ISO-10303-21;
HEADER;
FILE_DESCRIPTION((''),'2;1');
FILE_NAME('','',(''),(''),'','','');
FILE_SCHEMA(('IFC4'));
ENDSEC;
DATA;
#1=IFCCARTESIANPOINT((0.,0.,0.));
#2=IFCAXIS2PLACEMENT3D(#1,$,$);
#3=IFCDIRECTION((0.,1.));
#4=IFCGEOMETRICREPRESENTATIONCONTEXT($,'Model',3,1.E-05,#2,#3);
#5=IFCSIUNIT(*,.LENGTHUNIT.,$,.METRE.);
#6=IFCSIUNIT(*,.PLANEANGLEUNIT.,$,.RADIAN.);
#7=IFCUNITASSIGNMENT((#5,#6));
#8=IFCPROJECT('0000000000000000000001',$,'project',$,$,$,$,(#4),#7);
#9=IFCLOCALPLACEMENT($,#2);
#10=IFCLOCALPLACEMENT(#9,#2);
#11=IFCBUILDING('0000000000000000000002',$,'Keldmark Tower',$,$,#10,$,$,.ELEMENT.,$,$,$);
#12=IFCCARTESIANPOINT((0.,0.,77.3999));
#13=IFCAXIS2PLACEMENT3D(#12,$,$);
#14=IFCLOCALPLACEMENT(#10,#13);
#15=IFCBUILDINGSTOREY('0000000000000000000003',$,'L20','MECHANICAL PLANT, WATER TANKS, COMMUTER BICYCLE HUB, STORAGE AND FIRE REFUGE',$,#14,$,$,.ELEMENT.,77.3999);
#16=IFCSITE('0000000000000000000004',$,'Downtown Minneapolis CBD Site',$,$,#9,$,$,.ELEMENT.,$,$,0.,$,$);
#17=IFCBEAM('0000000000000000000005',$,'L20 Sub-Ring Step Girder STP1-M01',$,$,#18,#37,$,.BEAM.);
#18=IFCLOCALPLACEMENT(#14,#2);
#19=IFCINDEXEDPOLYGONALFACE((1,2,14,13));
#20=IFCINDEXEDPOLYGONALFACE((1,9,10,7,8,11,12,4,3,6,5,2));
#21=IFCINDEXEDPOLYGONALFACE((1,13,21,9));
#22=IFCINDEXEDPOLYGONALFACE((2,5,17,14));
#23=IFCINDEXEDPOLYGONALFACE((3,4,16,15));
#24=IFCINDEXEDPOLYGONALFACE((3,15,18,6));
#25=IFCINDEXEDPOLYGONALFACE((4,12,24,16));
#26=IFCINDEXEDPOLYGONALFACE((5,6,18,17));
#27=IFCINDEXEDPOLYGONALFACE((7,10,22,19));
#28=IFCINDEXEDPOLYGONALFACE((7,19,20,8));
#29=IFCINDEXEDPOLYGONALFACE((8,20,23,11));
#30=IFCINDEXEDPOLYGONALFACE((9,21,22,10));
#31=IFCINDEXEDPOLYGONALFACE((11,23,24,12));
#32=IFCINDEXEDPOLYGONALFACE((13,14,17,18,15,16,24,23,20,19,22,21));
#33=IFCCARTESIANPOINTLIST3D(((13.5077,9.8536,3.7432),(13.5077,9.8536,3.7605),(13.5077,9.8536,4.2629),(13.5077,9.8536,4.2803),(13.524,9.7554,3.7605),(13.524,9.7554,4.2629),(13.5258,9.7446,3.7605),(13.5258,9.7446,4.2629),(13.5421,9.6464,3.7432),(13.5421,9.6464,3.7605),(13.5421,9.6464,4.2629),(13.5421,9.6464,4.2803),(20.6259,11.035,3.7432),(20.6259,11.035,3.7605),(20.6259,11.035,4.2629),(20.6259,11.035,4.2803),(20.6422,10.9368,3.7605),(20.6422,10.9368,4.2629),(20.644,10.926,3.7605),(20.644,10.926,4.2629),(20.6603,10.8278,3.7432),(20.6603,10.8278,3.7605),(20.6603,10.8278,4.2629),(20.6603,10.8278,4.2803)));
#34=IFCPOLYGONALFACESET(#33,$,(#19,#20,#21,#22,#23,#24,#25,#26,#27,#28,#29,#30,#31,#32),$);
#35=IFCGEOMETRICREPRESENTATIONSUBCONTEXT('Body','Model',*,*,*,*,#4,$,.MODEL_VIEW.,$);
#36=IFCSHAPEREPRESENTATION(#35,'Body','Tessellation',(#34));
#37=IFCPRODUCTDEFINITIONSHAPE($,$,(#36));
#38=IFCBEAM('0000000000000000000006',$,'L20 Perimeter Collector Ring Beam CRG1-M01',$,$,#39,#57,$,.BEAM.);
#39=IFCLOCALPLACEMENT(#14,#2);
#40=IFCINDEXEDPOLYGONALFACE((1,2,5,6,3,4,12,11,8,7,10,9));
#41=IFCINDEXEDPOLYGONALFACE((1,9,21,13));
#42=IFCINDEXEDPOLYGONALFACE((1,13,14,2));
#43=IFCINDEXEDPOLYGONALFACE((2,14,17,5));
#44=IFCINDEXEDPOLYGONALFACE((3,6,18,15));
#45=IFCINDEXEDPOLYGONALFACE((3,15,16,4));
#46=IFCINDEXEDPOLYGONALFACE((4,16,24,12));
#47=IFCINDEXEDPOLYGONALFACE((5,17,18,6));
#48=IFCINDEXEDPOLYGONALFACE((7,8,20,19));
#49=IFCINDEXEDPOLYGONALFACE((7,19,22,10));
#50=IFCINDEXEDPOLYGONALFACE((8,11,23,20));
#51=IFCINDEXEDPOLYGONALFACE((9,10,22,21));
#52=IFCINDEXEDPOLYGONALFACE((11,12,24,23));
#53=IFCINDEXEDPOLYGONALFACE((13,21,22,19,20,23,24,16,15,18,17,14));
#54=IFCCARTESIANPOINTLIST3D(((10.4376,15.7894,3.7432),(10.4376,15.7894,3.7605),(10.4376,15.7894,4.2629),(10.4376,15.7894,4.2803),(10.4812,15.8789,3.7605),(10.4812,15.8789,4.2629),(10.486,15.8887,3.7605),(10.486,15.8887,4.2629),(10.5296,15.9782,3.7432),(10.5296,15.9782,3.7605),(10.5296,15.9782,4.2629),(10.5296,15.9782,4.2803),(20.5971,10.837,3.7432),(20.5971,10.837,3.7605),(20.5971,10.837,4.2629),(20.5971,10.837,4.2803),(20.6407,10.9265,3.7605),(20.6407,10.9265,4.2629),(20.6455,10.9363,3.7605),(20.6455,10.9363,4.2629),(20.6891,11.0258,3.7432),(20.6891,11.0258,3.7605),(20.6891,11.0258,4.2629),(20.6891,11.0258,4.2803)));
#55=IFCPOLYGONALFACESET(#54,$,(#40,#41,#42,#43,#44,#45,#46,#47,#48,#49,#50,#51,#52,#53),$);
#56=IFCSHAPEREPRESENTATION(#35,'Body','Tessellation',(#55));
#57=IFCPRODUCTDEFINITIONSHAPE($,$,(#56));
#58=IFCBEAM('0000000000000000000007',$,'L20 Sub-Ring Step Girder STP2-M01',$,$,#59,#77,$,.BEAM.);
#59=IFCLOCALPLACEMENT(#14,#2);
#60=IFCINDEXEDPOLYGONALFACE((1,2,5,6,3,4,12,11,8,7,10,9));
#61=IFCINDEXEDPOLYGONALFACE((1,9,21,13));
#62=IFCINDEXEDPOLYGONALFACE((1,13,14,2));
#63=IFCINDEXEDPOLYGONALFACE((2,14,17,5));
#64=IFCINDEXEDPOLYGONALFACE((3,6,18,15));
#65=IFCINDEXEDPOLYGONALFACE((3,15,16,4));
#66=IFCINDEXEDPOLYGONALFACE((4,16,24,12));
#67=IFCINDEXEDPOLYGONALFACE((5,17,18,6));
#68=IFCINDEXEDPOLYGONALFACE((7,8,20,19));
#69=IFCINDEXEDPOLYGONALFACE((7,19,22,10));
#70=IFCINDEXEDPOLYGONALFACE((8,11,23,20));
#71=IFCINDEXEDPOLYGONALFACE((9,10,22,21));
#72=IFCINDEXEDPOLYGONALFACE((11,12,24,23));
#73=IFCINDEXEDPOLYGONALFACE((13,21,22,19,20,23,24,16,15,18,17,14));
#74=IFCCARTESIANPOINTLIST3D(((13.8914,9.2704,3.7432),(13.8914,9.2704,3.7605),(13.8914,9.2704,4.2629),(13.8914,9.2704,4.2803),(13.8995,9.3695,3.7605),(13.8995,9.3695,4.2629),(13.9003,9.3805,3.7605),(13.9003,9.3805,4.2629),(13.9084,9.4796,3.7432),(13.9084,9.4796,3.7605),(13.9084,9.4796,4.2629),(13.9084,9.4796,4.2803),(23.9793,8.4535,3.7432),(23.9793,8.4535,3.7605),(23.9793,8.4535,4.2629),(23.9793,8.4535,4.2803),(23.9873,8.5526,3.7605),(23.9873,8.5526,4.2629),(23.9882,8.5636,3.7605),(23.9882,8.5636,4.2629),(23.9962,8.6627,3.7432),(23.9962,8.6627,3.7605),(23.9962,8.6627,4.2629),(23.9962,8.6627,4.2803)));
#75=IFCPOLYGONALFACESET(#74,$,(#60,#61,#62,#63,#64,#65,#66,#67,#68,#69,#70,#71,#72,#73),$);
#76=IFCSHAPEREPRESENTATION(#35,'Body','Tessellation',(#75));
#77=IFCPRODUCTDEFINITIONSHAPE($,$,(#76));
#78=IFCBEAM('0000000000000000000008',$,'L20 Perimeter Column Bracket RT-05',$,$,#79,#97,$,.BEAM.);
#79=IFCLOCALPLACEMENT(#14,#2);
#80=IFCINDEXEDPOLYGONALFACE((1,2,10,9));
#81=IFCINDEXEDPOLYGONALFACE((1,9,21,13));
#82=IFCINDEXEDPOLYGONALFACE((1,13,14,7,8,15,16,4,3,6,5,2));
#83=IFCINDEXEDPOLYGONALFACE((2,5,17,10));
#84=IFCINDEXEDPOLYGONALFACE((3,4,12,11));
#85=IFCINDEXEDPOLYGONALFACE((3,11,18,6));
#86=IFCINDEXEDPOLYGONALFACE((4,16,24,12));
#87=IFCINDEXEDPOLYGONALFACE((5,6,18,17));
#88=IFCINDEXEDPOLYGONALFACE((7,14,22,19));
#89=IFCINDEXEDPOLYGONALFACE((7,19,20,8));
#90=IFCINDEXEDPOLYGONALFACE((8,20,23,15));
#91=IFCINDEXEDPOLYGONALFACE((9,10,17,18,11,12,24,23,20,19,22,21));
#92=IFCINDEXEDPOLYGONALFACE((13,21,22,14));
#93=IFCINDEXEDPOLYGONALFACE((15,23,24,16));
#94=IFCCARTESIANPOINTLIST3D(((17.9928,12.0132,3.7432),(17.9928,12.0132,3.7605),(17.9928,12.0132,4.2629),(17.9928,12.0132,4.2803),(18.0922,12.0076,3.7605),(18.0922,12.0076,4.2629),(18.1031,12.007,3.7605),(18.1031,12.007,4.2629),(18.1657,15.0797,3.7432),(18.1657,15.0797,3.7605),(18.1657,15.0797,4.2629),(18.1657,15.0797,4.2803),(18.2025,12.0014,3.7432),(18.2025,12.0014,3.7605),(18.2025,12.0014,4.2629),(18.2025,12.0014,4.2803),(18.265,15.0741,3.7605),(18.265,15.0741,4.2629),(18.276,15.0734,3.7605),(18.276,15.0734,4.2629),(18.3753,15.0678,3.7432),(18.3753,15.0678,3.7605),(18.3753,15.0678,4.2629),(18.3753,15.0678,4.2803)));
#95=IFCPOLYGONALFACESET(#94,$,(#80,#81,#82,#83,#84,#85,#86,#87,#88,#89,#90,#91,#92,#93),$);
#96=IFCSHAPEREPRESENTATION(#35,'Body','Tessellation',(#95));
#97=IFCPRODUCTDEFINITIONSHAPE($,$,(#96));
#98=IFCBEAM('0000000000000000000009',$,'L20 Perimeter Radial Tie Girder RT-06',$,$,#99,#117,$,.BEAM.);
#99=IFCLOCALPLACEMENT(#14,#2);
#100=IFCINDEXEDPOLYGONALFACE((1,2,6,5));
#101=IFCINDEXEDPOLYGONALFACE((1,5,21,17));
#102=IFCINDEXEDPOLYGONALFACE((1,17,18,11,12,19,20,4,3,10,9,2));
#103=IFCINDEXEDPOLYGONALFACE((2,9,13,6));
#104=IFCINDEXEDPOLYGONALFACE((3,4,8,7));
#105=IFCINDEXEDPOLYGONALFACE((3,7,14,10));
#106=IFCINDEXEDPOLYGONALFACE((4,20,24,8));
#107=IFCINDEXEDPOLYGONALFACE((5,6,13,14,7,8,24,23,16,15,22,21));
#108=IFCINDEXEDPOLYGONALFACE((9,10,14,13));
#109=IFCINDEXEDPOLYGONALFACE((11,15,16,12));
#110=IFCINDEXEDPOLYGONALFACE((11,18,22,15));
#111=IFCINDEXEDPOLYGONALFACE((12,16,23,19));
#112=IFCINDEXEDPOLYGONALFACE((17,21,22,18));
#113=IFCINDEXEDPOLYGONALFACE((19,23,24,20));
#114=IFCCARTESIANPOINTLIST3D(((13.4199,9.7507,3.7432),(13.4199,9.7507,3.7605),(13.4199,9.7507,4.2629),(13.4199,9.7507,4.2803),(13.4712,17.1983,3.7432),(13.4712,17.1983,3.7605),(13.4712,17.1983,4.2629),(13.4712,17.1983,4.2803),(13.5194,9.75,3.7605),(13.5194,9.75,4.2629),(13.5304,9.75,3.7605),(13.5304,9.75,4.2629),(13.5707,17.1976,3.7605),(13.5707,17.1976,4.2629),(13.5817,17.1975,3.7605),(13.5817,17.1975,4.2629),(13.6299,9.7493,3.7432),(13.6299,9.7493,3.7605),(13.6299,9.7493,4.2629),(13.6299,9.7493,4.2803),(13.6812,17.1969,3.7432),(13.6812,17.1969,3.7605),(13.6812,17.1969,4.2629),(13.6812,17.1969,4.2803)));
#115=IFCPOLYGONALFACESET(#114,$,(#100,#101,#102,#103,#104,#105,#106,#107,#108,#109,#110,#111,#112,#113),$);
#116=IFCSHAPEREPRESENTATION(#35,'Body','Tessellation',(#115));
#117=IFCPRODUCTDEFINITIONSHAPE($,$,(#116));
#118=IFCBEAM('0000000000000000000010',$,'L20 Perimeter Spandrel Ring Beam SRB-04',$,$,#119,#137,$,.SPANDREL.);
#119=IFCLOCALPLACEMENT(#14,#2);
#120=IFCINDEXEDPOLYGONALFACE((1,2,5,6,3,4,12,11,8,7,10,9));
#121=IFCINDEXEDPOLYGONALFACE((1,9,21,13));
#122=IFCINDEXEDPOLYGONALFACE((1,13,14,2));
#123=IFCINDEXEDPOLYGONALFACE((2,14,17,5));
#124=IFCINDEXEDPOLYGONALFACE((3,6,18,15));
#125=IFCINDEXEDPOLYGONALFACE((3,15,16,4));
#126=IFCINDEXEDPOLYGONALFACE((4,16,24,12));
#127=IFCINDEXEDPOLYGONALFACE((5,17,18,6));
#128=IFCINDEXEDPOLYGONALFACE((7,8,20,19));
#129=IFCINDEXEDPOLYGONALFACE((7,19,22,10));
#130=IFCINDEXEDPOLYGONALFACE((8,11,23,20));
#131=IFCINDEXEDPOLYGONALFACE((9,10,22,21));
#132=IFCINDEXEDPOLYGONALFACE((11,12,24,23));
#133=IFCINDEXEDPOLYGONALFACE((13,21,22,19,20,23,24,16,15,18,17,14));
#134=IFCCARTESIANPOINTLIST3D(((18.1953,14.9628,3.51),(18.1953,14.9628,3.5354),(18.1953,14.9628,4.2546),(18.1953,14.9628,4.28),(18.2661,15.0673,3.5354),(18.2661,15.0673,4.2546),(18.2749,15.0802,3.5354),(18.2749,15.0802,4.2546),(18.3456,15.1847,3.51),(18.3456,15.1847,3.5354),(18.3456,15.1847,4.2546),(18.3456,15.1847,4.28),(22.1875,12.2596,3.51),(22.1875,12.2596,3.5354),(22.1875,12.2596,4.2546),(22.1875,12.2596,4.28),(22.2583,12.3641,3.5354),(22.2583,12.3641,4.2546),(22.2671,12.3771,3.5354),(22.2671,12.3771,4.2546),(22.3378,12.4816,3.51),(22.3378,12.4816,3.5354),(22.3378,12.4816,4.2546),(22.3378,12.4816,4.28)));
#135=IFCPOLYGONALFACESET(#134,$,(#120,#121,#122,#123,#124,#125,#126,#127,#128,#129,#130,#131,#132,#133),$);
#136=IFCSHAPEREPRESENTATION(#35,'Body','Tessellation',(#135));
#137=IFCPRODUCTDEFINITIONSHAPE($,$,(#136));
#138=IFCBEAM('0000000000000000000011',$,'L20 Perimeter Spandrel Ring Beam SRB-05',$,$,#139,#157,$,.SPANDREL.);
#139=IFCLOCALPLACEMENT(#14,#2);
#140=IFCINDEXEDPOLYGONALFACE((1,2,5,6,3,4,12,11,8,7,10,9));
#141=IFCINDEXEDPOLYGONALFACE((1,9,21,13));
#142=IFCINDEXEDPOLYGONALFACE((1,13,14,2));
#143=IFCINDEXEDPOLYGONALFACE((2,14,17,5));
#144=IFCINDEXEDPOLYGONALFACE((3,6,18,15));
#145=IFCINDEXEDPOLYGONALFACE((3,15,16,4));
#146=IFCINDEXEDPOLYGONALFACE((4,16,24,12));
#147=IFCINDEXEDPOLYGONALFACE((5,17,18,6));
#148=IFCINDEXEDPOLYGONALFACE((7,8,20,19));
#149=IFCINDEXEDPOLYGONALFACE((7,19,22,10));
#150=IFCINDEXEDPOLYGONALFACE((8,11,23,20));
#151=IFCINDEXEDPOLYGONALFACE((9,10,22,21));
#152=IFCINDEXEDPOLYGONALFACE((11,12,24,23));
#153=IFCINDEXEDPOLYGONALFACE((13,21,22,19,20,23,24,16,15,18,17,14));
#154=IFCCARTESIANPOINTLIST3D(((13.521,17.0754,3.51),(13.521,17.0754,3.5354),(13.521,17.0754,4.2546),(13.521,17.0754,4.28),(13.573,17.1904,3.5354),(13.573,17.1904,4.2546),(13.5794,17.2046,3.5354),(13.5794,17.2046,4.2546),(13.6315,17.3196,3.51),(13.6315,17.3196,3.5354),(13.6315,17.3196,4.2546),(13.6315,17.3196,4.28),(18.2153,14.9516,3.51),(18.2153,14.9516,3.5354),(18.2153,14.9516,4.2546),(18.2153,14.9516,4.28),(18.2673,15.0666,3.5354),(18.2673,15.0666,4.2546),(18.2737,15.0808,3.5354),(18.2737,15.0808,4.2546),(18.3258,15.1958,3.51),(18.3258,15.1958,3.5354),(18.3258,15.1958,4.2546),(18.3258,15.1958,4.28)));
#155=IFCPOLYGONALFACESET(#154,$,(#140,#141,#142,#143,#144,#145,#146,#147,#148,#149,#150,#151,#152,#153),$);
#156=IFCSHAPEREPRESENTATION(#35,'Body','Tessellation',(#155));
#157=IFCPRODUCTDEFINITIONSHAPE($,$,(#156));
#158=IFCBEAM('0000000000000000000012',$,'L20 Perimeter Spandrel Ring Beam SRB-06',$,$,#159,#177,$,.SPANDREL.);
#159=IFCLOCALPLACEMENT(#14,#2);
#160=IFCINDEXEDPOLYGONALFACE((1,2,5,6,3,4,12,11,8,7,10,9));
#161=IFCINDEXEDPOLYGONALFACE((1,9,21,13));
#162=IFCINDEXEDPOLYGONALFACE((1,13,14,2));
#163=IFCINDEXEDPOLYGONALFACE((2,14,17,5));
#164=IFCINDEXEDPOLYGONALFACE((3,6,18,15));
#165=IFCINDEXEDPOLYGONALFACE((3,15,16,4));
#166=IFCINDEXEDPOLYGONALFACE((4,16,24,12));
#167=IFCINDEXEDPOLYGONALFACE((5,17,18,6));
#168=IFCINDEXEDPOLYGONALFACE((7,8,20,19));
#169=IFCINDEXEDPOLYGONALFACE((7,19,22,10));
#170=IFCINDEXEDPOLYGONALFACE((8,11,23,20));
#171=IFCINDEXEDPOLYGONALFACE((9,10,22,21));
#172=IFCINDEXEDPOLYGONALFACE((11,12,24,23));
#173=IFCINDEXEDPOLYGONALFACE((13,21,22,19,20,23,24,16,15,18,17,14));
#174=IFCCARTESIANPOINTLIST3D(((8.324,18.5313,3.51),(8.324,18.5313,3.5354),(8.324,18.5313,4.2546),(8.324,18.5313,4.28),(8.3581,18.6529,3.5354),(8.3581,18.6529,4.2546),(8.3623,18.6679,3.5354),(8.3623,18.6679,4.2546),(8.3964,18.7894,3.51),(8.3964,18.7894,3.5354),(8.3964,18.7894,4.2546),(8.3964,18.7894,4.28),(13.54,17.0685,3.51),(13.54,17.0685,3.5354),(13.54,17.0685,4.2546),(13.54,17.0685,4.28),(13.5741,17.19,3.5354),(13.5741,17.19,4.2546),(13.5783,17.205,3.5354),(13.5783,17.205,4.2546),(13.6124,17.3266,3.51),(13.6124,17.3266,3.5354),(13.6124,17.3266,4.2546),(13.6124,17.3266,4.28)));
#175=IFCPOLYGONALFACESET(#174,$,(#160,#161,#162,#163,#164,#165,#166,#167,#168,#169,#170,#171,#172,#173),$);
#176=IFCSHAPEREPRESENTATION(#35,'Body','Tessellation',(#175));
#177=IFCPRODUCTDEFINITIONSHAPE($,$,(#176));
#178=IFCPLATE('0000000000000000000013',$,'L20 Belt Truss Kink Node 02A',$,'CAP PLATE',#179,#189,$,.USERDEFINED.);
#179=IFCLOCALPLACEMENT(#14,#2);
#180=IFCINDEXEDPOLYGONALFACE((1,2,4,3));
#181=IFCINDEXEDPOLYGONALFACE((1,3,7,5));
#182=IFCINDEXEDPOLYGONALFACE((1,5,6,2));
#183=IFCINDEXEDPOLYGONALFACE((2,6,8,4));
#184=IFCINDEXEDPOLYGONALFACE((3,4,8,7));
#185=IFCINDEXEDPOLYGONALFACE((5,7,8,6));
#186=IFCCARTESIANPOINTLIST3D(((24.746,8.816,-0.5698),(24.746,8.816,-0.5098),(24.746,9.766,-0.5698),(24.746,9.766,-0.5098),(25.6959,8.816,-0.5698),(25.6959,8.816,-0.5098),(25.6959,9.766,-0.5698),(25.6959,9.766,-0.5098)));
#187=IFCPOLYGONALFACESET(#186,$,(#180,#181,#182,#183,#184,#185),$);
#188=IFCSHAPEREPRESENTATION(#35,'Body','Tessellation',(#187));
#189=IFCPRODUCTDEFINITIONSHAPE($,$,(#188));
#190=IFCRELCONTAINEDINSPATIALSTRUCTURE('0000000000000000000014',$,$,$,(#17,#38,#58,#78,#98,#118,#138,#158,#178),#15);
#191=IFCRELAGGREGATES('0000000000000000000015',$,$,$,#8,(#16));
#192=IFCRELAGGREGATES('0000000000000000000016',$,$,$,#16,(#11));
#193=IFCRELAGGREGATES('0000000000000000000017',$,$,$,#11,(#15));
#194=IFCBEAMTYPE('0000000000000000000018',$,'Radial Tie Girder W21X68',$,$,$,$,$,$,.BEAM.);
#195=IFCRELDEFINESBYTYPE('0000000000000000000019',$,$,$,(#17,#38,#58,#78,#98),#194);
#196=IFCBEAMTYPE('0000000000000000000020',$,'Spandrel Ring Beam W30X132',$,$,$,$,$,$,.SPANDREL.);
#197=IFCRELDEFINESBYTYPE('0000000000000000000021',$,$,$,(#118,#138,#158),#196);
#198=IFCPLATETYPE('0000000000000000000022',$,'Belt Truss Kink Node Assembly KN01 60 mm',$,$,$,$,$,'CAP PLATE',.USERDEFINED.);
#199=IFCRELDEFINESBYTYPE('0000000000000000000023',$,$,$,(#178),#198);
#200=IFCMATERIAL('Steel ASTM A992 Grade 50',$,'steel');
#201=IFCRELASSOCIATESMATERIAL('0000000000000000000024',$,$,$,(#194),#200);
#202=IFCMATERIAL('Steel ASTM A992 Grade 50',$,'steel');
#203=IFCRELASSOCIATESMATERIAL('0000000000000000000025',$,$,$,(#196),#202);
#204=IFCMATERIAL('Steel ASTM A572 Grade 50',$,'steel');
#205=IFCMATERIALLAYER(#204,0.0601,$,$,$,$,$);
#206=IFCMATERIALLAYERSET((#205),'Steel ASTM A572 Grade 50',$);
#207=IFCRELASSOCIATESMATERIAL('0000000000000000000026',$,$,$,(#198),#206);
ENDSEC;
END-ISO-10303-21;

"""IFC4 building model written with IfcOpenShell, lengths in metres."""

from ifc_helpers import new_model, si_unit, direction, frame, origin, origin_2d, place, context, subcontext, project, spatial, rectangle, i_section, extrude, material, layer, layer_set, material_profile, profile_set, type_object, element, save


model = new_model("IFC4")

# Units and contexts
model_context = context("Model", 3, precision=1e-05, world=origin(), true_north=direction((0.0, 1.0)))
body_context = subcontext(model_context, "Body", "Model", "MODEL_VIEW")
ifc_project = project(units=[si_unit("LENGTHUNIT", "METRE"), si_unit("PLANEANGLEUNIT", "RADIAN")], contexts=[model_context])

# Site, building, storey
site_placement = place(None, origin())
site = spatial("IfcSite", under=ifc_project, at=site_placement, Name="Downtown Minneapolis CBD Site", CompositionType="ELEMENT", RefElevation=0.0)
building_placement = place(site_placement, origin())
building = spatial("IfcBuilding", under=site, at=building_placement, Name="Keldmark Tower", CompositionType="ELEMENT")
storey_placement = place(building_placement, frame((0.0, 0.0, 77.3999)))
storey = spatial("IfcBuildingStorey", under=building, at=storey_placement, Name="L20", Description="MECHANICAL PLANT, WATER TANKS, COMMUTER BICYCLE HUB, STORAGE AND FIRE REFUGE", CompositionType="ELEMENT", Elevation=77.3999)

# Beams
ifc_material_1 = material(Name="Steel ASTM A992 Grade 50", Category="steel")
ifc_material_profile_1 = material_profile(ifc_material_1, i_section(OverallWidth=0.21, OverallDepth=0.5371, WebThickness=0.011, FlangeThickness=0.0173, at=origin_2d()), Name="W21X68")
ifc_profile_set_1 = profile_set([ifc_material_profile_1], Name="Steel ASTM A992 Grade 50")
beam_type_1 = type_object("IfcBeamType", Name="Radial Tie Girder W21X68", PredefinedType="BEAM", material=ifc_profile_set_1)
beam_1_placement = place(storey_placement, frame((13.5249, 9.75, 4.0117), z_axis=(0.986505, 0.16373, 0.0), x_axis=(-0.16373, 0.986505, 0.0)))
element("IfcBeam", 1, at=beam_1_placement, inside=storey, type_object=beam_type_1, Name="L20 Sub-Ring Step Girder STP1-M01", PredefinedType="BEAM", context=body_context, shape_type="SweptSolid", body=[
    extrude(i_section(OverallWidth=0.21, OverallDepth=0.5371, WebThickness=0.011, FlangeThickness=0.0173, at=origin_2d()), origin(), (0.0, 0.0, 1.0), 7.2156),
])
beam_2_placement = place(storey_placement, frame((20.6431, 10.9314, 4.0117), z_axis=(-0.898888, 0.438179, 0.0), x_axis=(-0.438179, -0.898888, 0.0)))
element("IfcBeam", 2, at=beam_2_placement, inside=storey, type_object=beam_type_1, Name="L20 Perimeter Collector Ring Beam CRG1-M01", PredefinedType="BEAM", context=body_context, shape_type="SweptSolid", body=[
    extrude(i_section(OverallWidth=0.21, OverallDepth=0.5371, WebThickness=0.011, FlangeThickness=0.0173, at=origin_2d()), origin(), (0.0, 0.0, 1.0), 11.3022),
])
beam_3_placement = place(storey_placement, frame((13.8999, 9.375, 4.0117), z_axis=(0.996737, -0.080714, 0.0), x_axis=(0.080714, 0.996737, 0.0)))
element("IfcBeam", 3, at=beam_3_placement, inside=storey, type_object=beam_type_1, Name="L20 Sub-Ring Step Girder STP2-M01", PredefinedType="BEAM", context=body_context, shape_type="SweptSolid", body=[
    extrude(i_section(OverallWidth=0.21, OverallDepth=0.5371, WebThickness=0.011, FlangeThickness=0.0173, at=origin_2d()), origin(), (0.0, 0.0, 1.0), 10.1208),
])
beam_4_placement = place(storey_placement, frame((18.0977, 12.0073, 4.0117), z_axis=(0.05628, 0.998415, 0.0), x_axis=(-0.998415, 0.05628, 0.0)))
element("IfcBeam", 4, at=beam_4_placement, inside=storey, type_object=beam_type_1, Name="L20 Perimeter Column Bracket RT-05", PredefinedType="BEAM", context=body_context, shape_type="SweptSolid", body=[
    extrude(i_section(OverallWidth=0.21, OverallDepth=0.5371, WebThickness=0.011, FlangeThickness=0.0173, at=origin_2d()), origin(), (0.0, 0.0, 1.0), 3.0713),
])
beam_5_placement = place(storey_placement, frame((13.5249, 9.75, 4.0117), z_axis=(0.006884, 0.999976, 0.0), x_axis=(-0.999976, 0.006884, 0.0)))
element("IfcBeam", 5, at=beam_5_placement, inside=storey, type_object=beam_type_1, Name="L20 Perimeter Radial Tie Girder RT-06", PredefinedType="BEAM", context=body_context, shape_type="SweptSolid", body=[
    extrude(i_section(OverallWidth=0.21, OverallDepth=0.5371, WebThickness=0.011, FlangeThickness=0.0173, at=origin_2d()), origin(), (0.0, 0.0, 1.0), 7.4478),
])
ifc_material_2 = material(Name="Steel ASTM A992 Grade 50", Category="steel")
ifc_material_profile_2 = material_profile(ifc_material_2, i_section(OverallWidth=0.2681, OverallDepth=0.77, WebThickness=0.0156, FlangeThickness=0.0254, at=origin_2d()), Name="W30X132")
ifc_profile_set_2 = profile_set([ifc_material_profile_2], Name="Steel ASTM A992 Grade 50")
beam_type_2 = type_object("IfcBeamType", Name="Spandrel Ring Beam W30X132", PredefinedType="SPANDREL", material=ifc_profile_set_2)
beam_6_placement = place(storey_placement, frame((22.2627, 12.3706, 3.895), z_axis=(-0.82804, 0.560669, 0.0), x_axis=(-0.560669, -0.82804, 0.0)))
element("IfcBeam", 6, at=beam_6_placement, inside=storey, type_object=beam_type_2, Name="L20 Perimeter Spandrel Ring Beam SRB-04", PredefinedType="SPANDREL", context=body_context, shape_type="SweptSolid", body=[
    extrude(i_section(OverallWidth=0.2681, OverallDepth=0.77, WebThickness=0.0156, FlangeThickness=0.0254, at=origin_2d()), origin(), (0.0, 0.0, 1.0), 4.8213),
])
beam_7_placement = place(storey_placement, frame((18.2705, 15.0737, 3.895), z_axis=(-0.911097, 0.412192, 0.0), x_axis=(-0.412192, -0.911097, 0.0)))
element("IfcBeam", 7, at=beam_7_placement, inside=storey, type_object=beam_type_2, Name="L20 Perimeter Spandrel Ring Beam SRB-05", PredefinedType="SPANDREL", context=body_context, shape_type="SweptSolid", body=[
    extrude(i_section(OverallWidth=0.2681, OverallDepth=0.77, WebThickness=0.0156, FlangeThickness=0.0254, at=origin_2d()), origin(), (0.0, 0.0, 1.0), 5.1523),
])
beam_8_placement = place(storey_placement, frame((13.5762, 17.1975, 3.895), z_axis=(-0.962849, 0.270039, 0.0), x_axis=(-0.270039, -0.962849, 0.0)))
element("IfcBeam", 8, at=beam_8_placement, inside=storey, type_object=beam_type_2, Name="L20 Perimeter Spandrel Ring Beam SRB-06", PredefinedType="SPANDREL", context=body_context, shape_type="SweptSolid", body=[
    extrude(i_section(OverallWidth=0.2681, OverallDepth=0.77, WebThickness=0.0156, FlangeThickness=0.0254, at=origin_2d()), origin(), (0.0, 0.0, 1.0), 5.4172),
])

# Plate
ifc_material_3 = material(Name="Steel ASTM A572 Grade 50", Category="steel")
ifc_layer_1 = layer(ifc_material_3, 0.0601)
ifc_layer_set_1 = layer_set([ifc_layer_1], Name="Steel ASTM A572 Grade 50")
plate_type_1 = type_object("IfcPlateType", Name="Belt Truss Kink Node Assembly KN01 60 mm", ElementType="CAP PLATE", PredefinedType="USERDEFINED", material=ifc_layer_set_1)
for number, where, z_axis, x_axis, name in (
    (9, (25.2209, 9.291, -0.5698), (0.0, 0.0, 1.0), (1.0, 0.0, 0.0), "L20 Belt Truss Kink Node 02A"),
):
    element("IfcPlate", number, at=place(storey_placement, frame(where, z_axis=z_axis, x_axis=x_axis)), inside=storey, type_object=plate_type_1, Name=name, ObjectType="CAP PLATE", PredefinedType="USERDEFINED", context=body_context, shape_type="SweptSolid", body=[
        extrude(rectangle(XDim=0.95, YDim=0.95, at=origin_2d()), origin(), (0.0, 0.0, 1.0), 0.0601),
    ])

save(model, "model.ifc")
